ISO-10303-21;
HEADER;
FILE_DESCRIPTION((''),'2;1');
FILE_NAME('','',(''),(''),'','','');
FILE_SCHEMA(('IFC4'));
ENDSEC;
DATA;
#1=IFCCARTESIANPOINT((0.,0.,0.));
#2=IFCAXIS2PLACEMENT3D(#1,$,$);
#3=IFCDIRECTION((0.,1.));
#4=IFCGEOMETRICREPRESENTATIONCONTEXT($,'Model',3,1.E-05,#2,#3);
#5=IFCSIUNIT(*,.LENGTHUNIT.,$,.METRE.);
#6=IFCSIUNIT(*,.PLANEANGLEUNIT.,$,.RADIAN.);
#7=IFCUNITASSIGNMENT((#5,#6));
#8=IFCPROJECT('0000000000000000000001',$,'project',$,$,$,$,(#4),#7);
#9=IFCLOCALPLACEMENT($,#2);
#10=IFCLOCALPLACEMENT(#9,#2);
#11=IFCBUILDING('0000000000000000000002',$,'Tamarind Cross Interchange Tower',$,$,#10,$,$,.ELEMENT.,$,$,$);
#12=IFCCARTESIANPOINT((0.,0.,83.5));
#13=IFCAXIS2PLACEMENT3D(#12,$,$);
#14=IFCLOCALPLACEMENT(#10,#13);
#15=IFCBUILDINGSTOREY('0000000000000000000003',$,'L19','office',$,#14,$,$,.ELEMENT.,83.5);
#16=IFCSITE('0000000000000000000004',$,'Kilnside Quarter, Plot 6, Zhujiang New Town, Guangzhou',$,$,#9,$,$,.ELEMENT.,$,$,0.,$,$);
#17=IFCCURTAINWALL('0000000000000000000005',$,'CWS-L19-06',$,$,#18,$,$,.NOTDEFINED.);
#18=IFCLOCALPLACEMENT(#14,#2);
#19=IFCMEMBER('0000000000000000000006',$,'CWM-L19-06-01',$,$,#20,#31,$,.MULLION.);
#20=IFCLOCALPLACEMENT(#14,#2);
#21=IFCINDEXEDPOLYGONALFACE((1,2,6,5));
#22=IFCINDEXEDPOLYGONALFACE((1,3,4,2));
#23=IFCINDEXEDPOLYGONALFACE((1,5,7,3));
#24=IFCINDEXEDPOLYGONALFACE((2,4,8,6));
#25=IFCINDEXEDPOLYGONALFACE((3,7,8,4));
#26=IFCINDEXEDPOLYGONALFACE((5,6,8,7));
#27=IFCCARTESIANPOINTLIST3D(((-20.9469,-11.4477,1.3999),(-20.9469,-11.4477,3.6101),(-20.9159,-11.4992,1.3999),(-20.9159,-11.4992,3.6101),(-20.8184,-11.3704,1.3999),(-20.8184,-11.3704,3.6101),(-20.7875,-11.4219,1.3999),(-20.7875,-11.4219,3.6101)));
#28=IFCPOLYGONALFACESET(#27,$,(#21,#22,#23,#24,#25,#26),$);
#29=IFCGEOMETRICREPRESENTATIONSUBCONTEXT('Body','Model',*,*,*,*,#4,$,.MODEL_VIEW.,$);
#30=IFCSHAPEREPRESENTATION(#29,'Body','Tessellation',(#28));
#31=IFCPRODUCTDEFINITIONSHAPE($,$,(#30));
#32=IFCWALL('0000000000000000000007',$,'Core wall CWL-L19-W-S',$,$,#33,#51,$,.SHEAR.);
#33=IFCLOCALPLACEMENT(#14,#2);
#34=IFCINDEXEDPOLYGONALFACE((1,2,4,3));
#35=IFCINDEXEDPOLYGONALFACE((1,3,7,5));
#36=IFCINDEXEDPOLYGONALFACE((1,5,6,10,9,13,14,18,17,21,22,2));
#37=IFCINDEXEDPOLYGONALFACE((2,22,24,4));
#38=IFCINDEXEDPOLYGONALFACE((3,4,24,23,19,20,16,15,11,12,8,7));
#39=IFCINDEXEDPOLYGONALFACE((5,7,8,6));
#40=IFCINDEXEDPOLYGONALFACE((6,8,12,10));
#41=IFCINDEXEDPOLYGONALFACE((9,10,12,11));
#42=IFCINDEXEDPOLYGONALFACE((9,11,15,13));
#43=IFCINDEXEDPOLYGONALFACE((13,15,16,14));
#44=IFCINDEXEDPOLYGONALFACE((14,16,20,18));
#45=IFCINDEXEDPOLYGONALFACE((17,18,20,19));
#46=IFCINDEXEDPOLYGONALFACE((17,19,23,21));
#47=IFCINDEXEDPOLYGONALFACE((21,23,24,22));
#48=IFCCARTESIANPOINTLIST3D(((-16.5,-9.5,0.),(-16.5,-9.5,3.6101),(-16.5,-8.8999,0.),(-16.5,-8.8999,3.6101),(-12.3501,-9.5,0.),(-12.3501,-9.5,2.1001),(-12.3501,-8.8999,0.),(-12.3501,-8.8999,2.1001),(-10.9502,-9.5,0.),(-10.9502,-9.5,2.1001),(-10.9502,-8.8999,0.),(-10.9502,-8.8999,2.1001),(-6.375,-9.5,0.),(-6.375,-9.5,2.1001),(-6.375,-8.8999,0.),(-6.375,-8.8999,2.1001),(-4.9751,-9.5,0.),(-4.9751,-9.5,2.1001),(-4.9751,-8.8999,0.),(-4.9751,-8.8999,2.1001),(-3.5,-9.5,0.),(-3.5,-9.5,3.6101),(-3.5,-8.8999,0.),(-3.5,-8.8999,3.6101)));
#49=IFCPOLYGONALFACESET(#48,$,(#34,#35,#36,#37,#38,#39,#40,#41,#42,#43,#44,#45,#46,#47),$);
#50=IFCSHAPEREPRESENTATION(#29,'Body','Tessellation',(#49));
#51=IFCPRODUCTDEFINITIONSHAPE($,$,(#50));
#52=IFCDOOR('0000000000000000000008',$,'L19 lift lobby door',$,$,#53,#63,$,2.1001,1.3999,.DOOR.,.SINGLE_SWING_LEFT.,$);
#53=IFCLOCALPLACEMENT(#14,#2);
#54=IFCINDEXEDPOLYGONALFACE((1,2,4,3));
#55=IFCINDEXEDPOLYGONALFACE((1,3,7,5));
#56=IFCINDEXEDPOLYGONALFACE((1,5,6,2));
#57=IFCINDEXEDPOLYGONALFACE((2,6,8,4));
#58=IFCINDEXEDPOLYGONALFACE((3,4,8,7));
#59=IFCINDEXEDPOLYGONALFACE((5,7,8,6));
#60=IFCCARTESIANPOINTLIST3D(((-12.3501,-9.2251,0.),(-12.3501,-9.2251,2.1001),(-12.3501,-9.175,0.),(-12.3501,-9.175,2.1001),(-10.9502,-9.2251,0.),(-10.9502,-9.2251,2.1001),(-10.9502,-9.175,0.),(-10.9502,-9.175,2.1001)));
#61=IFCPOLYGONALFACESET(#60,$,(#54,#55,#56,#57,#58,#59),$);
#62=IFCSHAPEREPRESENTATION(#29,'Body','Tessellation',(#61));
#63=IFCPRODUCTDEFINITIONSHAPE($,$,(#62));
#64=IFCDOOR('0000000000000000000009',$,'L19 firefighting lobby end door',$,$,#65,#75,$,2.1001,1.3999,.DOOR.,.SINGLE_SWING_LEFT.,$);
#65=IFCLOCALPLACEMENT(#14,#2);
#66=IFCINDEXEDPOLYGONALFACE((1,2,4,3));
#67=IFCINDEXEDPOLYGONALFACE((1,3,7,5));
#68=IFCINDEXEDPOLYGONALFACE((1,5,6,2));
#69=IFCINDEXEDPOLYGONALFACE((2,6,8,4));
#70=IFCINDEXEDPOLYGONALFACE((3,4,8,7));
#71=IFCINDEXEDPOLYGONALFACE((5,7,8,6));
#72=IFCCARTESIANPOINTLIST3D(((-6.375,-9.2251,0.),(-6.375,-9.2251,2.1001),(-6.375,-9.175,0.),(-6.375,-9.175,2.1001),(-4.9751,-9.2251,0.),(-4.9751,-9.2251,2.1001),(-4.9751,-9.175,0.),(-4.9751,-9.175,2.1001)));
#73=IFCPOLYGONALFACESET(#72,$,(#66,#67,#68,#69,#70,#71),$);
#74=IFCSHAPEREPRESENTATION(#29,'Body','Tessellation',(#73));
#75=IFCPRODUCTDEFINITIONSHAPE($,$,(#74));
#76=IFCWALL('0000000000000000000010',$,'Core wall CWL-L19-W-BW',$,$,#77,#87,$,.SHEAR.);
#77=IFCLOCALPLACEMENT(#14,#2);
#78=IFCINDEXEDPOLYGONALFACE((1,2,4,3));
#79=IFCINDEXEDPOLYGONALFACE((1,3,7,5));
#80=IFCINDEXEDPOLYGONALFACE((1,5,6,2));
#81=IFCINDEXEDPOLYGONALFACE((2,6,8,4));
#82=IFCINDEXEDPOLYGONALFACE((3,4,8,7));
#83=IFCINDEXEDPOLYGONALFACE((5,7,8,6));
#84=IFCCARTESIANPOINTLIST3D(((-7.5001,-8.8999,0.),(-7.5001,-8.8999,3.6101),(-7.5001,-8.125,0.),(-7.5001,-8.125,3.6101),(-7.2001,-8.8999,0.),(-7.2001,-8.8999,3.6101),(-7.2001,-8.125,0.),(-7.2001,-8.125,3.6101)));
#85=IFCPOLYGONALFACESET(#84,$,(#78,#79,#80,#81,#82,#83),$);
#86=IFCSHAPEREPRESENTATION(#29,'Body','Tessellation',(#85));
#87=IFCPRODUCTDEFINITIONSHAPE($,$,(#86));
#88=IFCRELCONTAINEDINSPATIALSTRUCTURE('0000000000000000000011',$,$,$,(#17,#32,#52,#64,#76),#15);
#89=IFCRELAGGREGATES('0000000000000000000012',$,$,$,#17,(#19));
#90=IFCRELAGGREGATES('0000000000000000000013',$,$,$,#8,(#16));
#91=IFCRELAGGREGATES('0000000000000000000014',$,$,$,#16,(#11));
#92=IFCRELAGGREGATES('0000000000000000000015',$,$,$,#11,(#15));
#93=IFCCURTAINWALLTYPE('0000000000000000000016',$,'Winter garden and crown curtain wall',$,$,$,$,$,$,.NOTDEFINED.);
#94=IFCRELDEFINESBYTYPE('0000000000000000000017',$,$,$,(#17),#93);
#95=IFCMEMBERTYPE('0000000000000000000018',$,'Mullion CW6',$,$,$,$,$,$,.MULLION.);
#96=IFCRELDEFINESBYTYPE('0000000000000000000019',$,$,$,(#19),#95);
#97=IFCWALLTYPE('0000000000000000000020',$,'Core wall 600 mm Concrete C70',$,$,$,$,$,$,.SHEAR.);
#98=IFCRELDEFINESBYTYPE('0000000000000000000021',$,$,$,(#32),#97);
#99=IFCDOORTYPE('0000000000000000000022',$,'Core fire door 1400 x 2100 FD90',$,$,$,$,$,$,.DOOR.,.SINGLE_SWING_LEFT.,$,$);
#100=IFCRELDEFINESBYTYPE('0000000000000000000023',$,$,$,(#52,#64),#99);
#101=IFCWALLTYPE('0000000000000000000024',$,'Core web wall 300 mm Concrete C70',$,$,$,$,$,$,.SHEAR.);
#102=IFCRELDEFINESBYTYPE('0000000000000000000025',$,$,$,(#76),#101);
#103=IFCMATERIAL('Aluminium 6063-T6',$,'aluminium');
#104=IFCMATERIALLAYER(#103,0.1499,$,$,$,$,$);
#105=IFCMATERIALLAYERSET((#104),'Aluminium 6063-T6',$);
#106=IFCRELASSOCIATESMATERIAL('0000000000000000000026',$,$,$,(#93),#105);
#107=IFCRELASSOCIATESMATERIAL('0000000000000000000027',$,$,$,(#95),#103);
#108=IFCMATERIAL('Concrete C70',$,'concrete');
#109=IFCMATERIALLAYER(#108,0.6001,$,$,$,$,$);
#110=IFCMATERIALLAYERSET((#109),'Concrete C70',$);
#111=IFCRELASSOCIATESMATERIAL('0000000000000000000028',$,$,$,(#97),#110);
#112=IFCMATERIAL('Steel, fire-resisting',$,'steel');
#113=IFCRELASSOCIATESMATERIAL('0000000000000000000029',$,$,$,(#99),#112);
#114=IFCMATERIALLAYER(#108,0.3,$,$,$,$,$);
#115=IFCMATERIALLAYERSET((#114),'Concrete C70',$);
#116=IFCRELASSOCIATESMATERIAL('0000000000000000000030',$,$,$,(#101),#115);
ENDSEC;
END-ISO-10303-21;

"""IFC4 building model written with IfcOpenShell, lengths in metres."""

from ifc_helpers import new_model, si_unit, direction, frame, frame_2d, origin, origin_2d, place, context, subcontext, project, spatial, rectangle, extrude, material, layer, layer_set, material_profile, profile_set, type_object, element, fill, aggregate, save


model = new_model("IFC4")

# Units and contexts
model_context = context("Model", 3, precision=1e-05, world=origin(), true_north=direction((0.0, 1.0)))
body_context = subcontext(model_context, "Body", "Model", "MODEL_VIEW")
ifc_project = project(units=[si_unit("LENGTHUNIT", "METRE"), si_unit("PLANEANGLEUNIT", "RADIAN")], contexts=[model_context])

# Site, building, storey
site_placement = place(None, origin())
site = spatial("IfcSite", under=ifc_project, at=site_placement, Name="Kilnside Quarter, Plot 6, Zhujiang New Town, Guangzhou", CompositionType="ELEMENT", RefElevation=0.0)
building_placement = place(site_placement, origin())
building = spatial("IfcBuilding", under=site, at=building_placement, Name="Tamarind Cross Interchange Tower", CompositionType="ELEMENT")
storey_placement = place(building_placement, frame((0.0, 0.0, 83.5)))
storey = spatial("IfcBuildingStorey", under=building, at=storey_placement, Name="L19", Description="office", CompositionType="ELEMENT", Elevation=83.5)

# Curtain wall, member
ifc_material_1 = material(Name="Aluminium 6063-T6", Category="aluminium")
ifc_layer_1 = layer(ifc_material_1, 0.1499)
ifc_layer_set_1 = layer_set([ifc_layer_1], Name="Aluminium 6063-T6")
curtain_wall_type = type_object("IfcCurtainWallType", Name="Winter garden and crown curtain wall", PredefinedType="NOTDEFINED", material=ifc_layer_set_1)
curtain_wall_placement = place(storey_placement, origin())
curtain_wall = element("IfcCurtainWall", 1, at=curtain_wall_placement, inside=storey, type_object=curtain_wall_type, Name="CWS-L19-06", PredefinedType="NOTDEFINED")
ifc_material_profile_1 = material_profile(ifc_material_1, rectangle(XDim=0.0601, YDim=0.1499, at=origin_2d()), Name="Mullion CW6")
ifc_profile_set_1 = profile_set([ifc_material_profile_1], Name="Aluminium 6063-T6")
member_type = type_object("IfcMemberType", Name="Mullion CW6", PredefinedType="MULLION", material=ifc_profile_set_1)
member_placement = place(storey_placement, frame((-20.8672, -11.4348, 1.3999), z_axis=(0.0, 0.0, 1.0), x_axis=(0.515577, -0.856843, 0.0)))
member = element("IfcMember", 2, at=member_placement, type_object=member_type, Name="CWM-L19-06-01", PredefinedType="MULLION", context=body_context, shape_type="SweptSolid", body=[
    extrude(rectangle(XDim=0.0601, YDim=0.1499, at=origin_2d()), origin(), (0.0, 0.0, 1.0), 2.2102),
])
aggregate(curtain_wall, [member])

# Wall, openings, doors
ifc_material_2 = material(Name="Concrete C70", Category="concrete")
ifc_layer_2 = layer(ifc_material_2, 0.6001)
ifc_layer_set_2 = layer_set([ifc_layer_2], Name="Concrete C70")
wall_type_1 = type_object("IfcWallType", Name="Core wall 600 mm Concrete C70", PredefinedType="SHEAR", material=ifc_layer_set_2)
wall_1_placement = place(storey_placement, frame((-16.5, -9.2, 0.0), z_axis=(0.0, 0.0, 1.0), x_axis=(1.0, 0.0, 0.0)))
wall_1 = element("IfcWall", 3, at=wall_1_placement, inside=storey, type_object=wall_type_1, Name="Core wall CWL-L19-W-S", PredefinedType="SHEAR", context=body_context, shape_type="SweptSolid", body=[
    extrude(rectangle(XDim=13.0, YDim=0.6001, at=frame_2d((6.5, 0.0))), origin(), (0.0, 0.0, 1.0), 3.6101),
])
opening_1_placement = place(wall_1_placement, frame((4.1499, 0.0, 0.0)))
opening_1 = element("IfcOpeningElement", 4, at=opening_1_placement, cuts=wall_1, PredefinedType="OPENING", context=body_context, shape_type="SweptSolid", body=[
    extrude(rectangle(XDim=1.3999, YDim=2.1001, at=frame_2d((0.7, 1.05))), frame((0.0, 0.3101, 0.0), z_axis=(0.0, -1.0, 0.0), x_axis=(1.0, 0.0, 0.0)), (0.0, 0.0, 1.0), 0.6201),
])
opening_2_placement = place(wall_1_placement, frame((10.125, 0.0, 0.0)))
opening_2 = element("IfcOpeningElement", 5, at=opening_2_placement, cuts=wall_1, PredefinedType="OPENING", context=body_context, shape_type="SweptSolid", body=[
    extrude(rectangle(XDim=1.3999, YDim=2.1001, at=frame_2d((0.7, 1.05))), frame((0.0, 0.3101, 0.0), z_axis=(0.0, -1.0, 0.0), x_axis=(1.0, 0.0, 0.0)), (0.0, 0.0, 1.0), 0.6201),
])
ifc_material_3 = material(Name="Steel, fire-resisting", Category="steel")
door_type_1 = type_object("IfcDoorType", Name="Core fire door 1400 x 2100 FD90", OperationType="SINGLE_SWING_LEFT", PredefinedType="DOOR", material=ifc_material_3)
door_1_placement = place(opening_1_placement, origin())
door_1 = element("IfcDoor", 6, at=door_1_placement, inside=storey, type_object=door_type_1, Name="L19 lift lobby door", OperationType="SINGLE_SWING_LEFT", OverallHeight=2.1001, OverallWidth=1.3999, PredefinedType="DOOR", context=body_context, shape_type="SweptSolid", body=[
    extrude(rectangle(XDim=1.3999, YDim=2.1001, at=frame_2d((0.7, 1.05))), frame((0.0, 0.0249, 0.0), z_axis=(0.0, -1.0, 0.0), x_axis=(1.0, 0.0, 0.0)), (0.0, 0.0, 1.0), 0.05),
])
fill(opening_1, door_1)
door_2_placement = place(opening_2_placement, origin())
door_2 = element("IfcDoor", 7, at=door_2_placement, inside=storey, type_object=door_type_1, Name="L19 firefighting lobby end door", OperationType="SINGLE_SWING_LEFT", OverallHeight=2.1001, OverallWidth=1.3999, PredefinedType="DOOR", context=body_context, shape_type="SweptSolid", body=[
    extrude(rectangle(XDim=1.3999, YDim=2.1001, at=frame_2d((0.7, 1.05))), frame((0.0, 0.0249, 0.0), z_axis=(0.0, -1.0, 0.0), x_axis=(1.0, 0.0, 0.0)), (0.0, 0.0, 1.0), 0.05),
])
fill(opening_2, door_2)

# Wall
ifc_layer_3 = layer(ifc_material_2, 0.3)
ifc_layer_set_3 = layer_set([ifc_layer_3], Name="Concrete C70")
wall_type_2 = type_object("IfcWallType", Name="Core web wall 300 mm Concrete C70", PredefinedType="SHEAR", material=ifc_layer_set_3)
wall_2_placement = place(storey_placement, frame((-7.3501, -8.8999, 0.0), z_axis=(0.0, 0.0, 1.0), x_axis=(0.0, 1.0, 0.0)))
element("IfcWall", 8, at=wall_2_placement, inside=storey, type_object=wall_type_2, Name="Core wall CWL-L19-W-BW", PredefinedType="SHEAR", context=body_context, shape_type="SweptSolid", body=[
    extrude(rectangle(XDim=0.7749, YDim=0.3, at=frame_2d((0.3875, 0.0))), origin(), (0.0, 0.0, 1.0), 3.6101),
])

save(model, "model.ifc")
